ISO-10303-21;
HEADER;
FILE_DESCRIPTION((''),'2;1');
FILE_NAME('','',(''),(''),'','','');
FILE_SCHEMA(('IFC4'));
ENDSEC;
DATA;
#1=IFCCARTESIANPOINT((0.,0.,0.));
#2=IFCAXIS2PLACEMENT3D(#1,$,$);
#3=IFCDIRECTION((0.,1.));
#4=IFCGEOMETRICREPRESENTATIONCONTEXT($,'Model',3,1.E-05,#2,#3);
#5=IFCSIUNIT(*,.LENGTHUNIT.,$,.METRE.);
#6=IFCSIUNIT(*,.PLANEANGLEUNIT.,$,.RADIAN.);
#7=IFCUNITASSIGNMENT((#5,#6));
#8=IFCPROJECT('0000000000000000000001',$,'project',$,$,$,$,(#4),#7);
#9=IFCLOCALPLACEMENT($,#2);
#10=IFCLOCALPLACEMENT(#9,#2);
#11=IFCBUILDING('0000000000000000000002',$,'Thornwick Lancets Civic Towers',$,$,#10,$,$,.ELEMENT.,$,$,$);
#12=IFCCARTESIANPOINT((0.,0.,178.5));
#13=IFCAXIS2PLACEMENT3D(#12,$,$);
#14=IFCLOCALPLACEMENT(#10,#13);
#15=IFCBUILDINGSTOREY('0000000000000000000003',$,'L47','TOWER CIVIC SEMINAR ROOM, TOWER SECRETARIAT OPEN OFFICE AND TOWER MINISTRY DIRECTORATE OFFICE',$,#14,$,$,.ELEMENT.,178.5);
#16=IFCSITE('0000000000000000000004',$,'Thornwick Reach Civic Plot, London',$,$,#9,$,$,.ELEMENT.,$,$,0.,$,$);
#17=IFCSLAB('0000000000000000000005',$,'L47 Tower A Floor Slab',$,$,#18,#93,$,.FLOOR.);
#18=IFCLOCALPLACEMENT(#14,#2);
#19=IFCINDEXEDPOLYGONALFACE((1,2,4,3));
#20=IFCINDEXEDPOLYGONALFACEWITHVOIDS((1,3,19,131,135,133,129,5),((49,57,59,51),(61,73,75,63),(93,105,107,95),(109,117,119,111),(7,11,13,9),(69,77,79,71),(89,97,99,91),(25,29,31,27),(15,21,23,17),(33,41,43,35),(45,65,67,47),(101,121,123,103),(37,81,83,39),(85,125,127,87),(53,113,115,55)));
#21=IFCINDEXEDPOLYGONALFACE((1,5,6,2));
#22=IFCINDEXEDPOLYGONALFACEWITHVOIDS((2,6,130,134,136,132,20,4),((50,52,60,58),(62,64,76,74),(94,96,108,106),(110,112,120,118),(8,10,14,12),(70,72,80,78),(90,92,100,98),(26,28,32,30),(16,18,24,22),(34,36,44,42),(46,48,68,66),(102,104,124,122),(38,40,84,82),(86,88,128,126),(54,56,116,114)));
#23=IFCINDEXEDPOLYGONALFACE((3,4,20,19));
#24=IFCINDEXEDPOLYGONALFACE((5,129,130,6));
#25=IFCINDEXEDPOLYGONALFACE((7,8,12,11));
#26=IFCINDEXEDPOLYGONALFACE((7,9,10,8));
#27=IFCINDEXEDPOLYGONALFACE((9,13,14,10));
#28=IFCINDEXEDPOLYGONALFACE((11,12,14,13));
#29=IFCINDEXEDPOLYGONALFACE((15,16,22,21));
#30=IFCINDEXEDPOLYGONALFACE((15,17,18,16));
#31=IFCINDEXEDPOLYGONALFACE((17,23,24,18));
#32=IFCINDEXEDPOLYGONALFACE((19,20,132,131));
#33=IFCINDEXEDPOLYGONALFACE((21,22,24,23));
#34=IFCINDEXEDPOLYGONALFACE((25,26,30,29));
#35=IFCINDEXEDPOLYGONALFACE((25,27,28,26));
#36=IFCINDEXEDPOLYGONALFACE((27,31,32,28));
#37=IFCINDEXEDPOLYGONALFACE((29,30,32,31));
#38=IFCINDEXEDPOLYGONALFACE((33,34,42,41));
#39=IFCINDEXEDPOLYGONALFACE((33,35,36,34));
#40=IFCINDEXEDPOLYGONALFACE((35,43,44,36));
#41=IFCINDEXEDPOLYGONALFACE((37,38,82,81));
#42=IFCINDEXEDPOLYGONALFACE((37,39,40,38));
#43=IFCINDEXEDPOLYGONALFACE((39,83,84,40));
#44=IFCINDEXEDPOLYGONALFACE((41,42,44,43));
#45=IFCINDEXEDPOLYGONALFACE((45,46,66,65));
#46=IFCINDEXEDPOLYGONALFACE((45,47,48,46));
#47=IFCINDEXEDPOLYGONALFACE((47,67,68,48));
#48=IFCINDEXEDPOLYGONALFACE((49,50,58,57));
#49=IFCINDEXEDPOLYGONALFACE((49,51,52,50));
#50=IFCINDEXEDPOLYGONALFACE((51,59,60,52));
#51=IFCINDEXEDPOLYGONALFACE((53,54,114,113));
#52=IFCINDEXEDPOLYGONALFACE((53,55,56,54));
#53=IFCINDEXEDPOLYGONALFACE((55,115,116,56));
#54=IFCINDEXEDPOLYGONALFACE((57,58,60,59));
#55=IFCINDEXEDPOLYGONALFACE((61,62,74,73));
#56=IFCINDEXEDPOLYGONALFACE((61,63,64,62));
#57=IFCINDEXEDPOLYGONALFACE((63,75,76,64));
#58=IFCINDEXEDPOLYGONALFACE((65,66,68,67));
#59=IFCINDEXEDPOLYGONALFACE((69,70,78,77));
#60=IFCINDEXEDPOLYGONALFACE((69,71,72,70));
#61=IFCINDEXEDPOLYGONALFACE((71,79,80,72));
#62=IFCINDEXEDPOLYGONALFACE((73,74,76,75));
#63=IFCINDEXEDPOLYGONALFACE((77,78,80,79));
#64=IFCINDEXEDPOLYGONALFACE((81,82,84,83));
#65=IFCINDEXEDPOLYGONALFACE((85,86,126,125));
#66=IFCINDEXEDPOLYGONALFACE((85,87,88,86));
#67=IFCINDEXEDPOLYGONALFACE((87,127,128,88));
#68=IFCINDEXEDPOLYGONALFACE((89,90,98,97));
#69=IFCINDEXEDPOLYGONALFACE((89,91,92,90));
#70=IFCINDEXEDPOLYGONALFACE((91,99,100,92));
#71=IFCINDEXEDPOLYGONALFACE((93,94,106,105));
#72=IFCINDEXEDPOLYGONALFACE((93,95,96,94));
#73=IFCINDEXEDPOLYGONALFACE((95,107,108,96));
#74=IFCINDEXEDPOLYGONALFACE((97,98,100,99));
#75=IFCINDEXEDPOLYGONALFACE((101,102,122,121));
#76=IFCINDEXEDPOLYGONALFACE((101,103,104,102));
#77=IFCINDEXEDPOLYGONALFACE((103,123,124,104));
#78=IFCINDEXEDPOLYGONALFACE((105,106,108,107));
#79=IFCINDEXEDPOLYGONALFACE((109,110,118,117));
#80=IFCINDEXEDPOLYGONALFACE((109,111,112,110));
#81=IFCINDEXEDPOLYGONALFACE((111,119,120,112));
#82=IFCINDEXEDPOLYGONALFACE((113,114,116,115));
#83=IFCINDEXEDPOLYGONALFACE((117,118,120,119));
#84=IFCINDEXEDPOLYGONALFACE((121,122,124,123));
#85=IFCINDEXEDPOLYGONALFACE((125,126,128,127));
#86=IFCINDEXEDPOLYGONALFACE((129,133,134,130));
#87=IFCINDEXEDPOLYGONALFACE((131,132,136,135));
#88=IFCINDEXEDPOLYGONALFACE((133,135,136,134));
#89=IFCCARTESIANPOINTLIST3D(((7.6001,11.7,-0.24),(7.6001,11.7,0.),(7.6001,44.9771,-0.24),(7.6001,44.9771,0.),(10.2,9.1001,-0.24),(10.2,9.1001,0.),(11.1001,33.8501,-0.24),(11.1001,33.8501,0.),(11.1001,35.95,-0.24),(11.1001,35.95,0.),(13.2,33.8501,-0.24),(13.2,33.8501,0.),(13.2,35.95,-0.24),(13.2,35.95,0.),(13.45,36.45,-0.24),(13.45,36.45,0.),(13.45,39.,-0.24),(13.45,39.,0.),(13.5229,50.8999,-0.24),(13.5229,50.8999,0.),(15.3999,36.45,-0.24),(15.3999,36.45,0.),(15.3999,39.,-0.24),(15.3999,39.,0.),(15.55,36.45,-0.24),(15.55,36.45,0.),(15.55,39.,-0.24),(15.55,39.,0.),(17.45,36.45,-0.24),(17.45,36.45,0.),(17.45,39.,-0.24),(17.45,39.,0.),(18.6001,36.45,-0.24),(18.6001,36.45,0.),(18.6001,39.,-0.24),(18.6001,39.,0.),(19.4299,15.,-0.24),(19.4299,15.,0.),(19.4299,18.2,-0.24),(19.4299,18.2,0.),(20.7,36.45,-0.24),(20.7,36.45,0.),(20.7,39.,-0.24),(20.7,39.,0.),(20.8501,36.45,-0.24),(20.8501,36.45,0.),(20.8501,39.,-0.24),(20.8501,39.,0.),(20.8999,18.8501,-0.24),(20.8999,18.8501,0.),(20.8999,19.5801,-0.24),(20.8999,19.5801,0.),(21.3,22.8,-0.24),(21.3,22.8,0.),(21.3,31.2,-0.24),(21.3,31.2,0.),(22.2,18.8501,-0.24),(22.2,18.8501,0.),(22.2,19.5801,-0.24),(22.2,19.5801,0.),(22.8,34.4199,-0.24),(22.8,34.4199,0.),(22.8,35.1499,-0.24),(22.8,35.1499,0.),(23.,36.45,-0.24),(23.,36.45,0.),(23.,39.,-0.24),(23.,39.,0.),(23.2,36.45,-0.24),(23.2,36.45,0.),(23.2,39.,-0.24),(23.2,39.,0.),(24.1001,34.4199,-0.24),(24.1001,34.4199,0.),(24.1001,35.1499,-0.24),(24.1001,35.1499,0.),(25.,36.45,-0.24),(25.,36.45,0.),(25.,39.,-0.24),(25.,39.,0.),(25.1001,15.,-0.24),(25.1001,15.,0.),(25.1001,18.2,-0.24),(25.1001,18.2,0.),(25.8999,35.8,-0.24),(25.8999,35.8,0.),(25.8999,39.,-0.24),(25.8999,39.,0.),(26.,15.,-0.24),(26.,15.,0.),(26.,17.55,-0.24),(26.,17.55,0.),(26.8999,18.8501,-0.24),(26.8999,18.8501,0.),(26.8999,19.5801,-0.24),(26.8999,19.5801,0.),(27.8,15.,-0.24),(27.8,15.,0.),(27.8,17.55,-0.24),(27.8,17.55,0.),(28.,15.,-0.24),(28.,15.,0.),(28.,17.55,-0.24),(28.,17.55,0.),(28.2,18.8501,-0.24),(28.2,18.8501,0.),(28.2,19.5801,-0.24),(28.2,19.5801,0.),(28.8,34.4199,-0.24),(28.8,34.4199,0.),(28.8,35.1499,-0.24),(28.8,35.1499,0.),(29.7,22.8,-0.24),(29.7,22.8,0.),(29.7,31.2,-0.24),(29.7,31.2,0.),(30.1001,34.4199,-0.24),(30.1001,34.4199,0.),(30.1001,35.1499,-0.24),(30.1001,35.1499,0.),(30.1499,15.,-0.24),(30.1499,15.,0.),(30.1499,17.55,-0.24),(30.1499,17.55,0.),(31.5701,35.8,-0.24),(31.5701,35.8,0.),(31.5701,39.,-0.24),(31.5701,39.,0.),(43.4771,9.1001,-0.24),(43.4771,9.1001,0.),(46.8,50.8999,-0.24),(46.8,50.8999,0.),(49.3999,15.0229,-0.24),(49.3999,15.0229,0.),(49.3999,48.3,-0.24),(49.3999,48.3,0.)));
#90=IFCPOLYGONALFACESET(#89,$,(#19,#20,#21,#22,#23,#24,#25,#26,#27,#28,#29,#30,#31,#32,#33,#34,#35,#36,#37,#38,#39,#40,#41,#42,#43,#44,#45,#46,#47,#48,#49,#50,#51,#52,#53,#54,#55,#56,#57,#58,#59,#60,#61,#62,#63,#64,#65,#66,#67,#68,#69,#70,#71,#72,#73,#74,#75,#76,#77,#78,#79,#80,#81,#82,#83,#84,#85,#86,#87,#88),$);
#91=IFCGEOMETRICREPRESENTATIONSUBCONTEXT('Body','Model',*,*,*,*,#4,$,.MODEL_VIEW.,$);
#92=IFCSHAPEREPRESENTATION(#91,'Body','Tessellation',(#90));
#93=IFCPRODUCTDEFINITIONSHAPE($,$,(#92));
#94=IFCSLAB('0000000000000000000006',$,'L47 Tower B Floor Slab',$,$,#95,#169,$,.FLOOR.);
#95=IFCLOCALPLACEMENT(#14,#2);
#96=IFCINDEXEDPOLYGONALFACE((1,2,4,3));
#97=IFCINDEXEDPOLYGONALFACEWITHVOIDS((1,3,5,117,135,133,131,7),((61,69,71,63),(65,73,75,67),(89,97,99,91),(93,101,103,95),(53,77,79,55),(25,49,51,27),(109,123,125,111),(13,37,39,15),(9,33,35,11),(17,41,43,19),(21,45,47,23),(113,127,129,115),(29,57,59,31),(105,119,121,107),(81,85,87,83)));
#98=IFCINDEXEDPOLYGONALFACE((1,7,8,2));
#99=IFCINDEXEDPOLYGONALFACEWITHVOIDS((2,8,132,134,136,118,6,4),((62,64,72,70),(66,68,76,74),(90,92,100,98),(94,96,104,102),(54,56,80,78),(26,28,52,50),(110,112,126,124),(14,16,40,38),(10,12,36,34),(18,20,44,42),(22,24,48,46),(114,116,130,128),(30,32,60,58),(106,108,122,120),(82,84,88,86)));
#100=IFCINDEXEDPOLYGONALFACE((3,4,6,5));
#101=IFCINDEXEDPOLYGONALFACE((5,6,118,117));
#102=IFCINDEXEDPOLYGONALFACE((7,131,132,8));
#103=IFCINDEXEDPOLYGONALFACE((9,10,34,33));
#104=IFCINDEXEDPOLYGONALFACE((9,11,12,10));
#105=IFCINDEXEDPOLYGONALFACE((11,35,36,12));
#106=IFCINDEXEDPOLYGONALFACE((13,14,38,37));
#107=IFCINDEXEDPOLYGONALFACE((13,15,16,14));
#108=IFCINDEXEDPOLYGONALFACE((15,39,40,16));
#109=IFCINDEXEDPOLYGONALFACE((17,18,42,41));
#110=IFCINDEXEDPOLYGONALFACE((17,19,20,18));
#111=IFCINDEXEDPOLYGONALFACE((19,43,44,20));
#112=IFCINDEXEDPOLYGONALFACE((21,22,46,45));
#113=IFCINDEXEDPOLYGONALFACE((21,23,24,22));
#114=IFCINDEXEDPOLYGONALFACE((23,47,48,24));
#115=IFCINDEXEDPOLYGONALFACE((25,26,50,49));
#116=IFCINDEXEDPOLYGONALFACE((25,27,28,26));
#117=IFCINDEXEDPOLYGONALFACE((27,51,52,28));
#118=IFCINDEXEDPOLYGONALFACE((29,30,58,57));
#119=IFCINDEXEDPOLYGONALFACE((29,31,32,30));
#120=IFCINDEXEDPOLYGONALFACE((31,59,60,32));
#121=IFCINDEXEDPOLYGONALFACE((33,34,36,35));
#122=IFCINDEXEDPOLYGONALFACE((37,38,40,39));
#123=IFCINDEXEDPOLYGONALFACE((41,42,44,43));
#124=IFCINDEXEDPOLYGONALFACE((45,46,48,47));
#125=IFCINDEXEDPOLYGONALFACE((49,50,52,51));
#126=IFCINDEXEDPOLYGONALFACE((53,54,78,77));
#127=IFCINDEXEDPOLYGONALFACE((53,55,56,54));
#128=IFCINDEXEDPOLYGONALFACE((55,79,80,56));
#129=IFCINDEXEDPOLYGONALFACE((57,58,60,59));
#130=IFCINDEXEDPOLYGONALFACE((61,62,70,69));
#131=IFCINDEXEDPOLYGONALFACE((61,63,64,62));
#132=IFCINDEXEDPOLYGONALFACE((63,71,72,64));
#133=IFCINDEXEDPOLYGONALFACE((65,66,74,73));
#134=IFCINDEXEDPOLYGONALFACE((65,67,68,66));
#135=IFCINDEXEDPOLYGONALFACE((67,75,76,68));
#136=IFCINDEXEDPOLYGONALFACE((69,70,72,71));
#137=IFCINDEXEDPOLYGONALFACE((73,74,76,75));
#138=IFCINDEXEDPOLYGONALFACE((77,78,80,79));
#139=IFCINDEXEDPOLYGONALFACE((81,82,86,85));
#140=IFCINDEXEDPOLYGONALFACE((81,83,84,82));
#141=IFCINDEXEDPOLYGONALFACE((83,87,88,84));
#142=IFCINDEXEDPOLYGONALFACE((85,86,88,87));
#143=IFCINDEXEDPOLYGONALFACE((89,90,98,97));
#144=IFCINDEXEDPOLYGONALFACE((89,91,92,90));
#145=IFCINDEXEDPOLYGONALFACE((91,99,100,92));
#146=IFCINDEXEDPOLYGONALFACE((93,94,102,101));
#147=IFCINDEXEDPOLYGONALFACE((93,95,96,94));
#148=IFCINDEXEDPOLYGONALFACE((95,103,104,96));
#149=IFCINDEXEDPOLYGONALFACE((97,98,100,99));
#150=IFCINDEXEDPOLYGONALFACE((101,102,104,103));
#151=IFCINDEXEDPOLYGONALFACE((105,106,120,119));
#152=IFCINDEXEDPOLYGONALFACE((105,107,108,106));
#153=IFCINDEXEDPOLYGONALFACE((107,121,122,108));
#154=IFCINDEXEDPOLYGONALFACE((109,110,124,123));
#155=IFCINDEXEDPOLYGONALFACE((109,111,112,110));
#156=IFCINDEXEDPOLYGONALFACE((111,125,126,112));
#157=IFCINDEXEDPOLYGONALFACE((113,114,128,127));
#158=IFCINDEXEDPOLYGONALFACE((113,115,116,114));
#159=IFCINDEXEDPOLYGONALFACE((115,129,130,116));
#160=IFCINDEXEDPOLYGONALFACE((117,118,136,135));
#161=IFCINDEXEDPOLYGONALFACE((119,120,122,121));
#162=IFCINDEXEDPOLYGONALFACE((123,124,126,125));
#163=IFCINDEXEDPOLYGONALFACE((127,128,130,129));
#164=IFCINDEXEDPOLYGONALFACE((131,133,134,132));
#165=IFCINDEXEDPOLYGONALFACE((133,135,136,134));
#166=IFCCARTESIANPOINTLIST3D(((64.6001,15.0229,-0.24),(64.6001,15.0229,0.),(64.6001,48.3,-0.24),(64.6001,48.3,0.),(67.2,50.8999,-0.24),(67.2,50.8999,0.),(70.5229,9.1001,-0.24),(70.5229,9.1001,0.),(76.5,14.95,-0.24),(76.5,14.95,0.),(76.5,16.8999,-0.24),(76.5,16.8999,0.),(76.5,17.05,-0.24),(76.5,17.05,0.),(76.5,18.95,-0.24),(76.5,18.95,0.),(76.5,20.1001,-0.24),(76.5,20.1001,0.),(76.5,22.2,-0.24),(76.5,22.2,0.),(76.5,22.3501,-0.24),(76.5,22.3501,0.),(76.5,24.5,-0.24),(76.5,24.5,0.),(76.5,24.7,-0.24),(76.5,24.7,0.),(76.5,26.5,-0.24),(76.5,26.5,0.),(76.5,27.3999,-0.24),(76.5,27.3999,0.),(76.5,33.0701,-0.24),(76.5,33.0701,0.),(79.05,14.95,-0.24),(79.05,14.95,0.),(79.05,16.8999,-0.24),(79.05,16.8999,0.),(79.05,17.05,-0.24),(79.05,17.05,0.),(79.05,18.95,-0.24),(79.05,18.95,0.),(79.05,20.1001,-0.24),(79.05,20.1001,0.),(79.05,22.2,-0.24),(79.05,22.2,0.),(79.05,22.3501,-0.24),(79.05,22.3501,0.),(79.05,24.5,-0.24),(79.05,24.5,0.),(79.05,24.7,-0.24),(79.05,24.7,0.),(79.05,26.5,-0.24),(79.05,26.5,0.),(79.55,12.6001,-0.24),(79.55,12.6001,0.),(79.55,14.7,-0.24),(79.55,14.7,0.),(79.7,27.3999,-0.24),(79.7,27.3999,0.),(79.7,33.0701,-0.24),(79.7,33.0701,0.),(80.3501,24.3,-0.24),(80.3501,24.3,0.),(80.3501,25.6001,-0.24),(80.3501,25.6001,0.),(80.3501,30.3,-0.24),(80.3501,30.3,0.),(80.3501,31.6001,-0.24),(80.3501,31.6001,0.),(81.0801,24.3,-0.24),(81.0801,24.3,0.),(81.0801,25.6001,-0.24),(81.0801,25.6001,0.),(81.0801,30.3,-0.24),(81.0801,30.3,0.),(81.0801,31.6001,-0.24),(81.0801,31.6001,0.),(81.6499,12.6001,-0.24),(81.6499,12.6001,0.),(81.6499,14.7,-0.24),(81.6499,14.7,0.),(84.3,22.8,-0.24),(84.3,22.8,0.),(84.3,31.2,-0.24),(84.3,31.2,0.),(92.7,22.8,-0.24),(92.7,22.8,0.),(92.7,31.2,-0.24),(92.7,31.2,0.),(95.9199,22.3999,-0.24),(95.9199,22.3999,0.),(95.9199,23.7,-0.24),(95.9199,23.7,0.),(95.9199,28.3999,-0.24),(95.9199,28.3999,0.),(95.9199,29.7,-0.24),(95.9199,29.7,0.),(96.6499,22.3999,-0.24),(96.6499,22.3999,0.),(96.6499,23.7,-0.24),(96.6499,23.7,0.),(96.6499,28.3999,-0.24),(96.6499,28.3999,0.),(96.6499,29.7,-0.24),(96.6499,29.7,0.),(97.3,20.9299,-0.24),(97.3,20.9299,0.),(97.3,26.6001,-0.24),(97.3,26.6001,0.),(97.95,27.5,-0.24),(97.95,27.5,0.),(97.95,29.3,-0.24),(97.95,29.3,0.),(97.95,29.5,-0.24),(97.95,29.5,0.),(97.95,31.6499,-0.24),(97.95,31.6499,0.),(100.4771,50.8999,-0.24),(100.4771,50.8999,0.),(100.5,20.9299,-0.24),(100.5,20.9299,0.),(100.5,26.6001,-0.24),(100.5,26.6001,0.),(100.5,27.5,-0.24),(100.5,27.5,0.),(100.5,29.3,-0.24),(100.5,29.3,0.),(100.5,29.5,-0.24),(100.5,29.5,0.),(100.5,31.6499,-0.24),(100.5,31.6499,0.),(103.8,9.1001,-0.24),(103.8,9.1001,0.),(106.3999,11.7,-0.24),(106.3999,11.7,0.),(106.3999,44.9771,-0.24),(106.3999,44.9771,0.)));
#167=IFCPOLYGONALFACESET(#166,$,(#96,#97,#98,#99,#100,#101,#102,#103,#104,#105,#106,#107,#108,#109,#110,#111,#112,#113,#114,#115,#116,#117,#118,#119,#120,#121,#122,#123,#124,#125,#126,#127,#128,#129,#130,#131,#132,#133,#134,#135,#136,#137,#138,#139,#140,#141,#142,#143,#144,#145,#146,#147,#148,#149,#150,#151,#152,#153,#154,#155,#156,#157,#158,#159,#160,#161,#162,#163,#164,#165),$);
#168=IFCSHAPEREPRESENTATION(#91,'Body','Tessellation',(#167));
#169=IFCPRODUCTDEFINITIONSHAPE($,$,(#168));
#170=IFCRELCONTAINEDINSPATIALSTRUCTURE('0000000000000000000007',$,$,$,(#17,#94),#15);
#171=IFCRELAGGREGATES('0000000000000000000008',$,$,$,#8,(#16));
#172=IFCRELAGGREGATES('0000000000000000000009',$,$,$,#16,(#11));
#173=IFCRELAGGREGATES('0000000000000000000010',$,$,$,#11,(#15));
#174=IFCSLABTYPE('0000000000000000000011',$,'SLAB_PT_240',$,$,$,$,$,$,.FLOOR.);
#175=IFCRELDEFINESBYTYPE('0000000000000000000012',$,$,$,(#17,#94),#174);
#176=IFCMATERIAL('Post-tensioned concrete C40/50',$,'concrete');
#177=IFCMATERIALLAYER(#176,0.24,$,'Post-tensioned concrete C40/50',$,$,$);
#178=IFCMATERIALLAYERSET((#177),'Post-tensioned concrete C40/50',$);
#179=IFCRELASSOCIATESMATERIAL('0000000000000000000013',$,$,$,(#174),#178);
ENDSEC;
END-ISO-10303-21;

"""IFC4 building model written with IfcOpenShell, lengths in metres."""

from ifc_helpers import new_model, si_unit, direction, frame, origin, place, context, subcontext, project, spatial, polyline, outline, extrude, material, layer, layer_set, type_object, element, save


model = new_model("IFC4")

# Units and contexts
model_context = context("Model", 3, precision=1e-05, world=origin(), true_north=direction((0.0, 1.0)))
body_context = subcontext(model_context, "Body", "Model", "MODEL_VIEW")
ifc_project = project(units=[si_unit("LENGTHUNIT", "METRE"), si_unit("PLANEANGLEUNIT", "RADIAN")], contexts=[model_context])

# Site, building, storey
site_placement = place(None, origin())
site = spatial("IfcSite", under=ifc_project, at=site_placement, Name="Thornwick Reach Civic Plot, London", CompositionType="ELEMENT", RefElevation=0.0)
building_placement = place(site_placement, origin())
building = spatial("IfcBuilding", under=site, at=building_placement, Name="Thornwick Lancets Civic Towers", CompositionType="ELEMENT")
storey_placement = place(building_placement, frame((0.0, 0.0, 178.5)))
storey = spatial("IfcBuildingStorey", under=building, at=storey_placement, Name="L47", Description="TOWER CIVIC SEMINAR ROOM, TOWER SECRETARIAT OPEN OFFICE AND TOWER MINISTRY DIRECTORATE OFFICE", CompositionType="ELEMENT", Elevation=178.5)

# Shared definitions
ifc_material_1 = material(Name="Post-tensioned concrete C40/50", Category="concrete")

# Slabs
ifc_layer_1 = layer(ifc_material_1, 0.24, Name="Post-tensioned concrete C40/50")
ifc_layer_set_1 = layer_set([ifc_layer_1], Name="Post-tensioned concrete C40/50")
slab_type_1 = type_object("IfcSlabType", Name="SLAB_PT_240", PredefinedType="FLOOR", material=ifc_layer_set_1)
slab_1_placement = place(storey_placement, frame((0.0, 0.0, -0.24)))
element("IfcSlab", 1, at=slab_1_placement, inside=storey, type_object=slab_type_1, Name="L47 Tower A Floor Slab", PredefinedType="FLOOR", context=body_context, shape_type="SweptSolid", body=[
    extrude(outline(polyline([(10.2, 9.1001), (43.4771, 9.1001), (49.3999, 15.0229), (49.3999, 48.3), (46.8, 50.8999), (13.5229, 50.8999), (7.6001, 44.9771), (7.6001, 11.7), (10.2, 9.1001)]), holes=[polyline([(21.3, 22.8), (29.7, 22.8), (29.7, 31.2), (21.3, 31.2), (21.3, 22.8)]), polyline([(19.4299, 15.0), (25.1001, 15.0), (25.1001, 18.2), (19.4299, 18.2), (19.4299, 15.0)]), polyline([(31.5701, 39.0), (25.8999, 39.0), (25.8999, 35.8), (31.5701, 35.8), (31.5701, 39.0)]), polyline([(26.0, 15.0), (27.8, 15.0), (27.8, 17.55), (26.0, 17.55), (26.0, 15.0)]), polyline([(28.0, 15.0), (30.1499, 15.0), (30.1499, 17.55), (28.0, 17.55), (28.0, 15.0)]), polyline([(23.2, 36.45), (25.0, 36.45), (25.0, 39.0), (23.2, 39.0), (23.2, 36.45)]), polyline([(20.8501, 36.45), (23.0, 36.45), (23.0, 39.0), (20.8501, 39.0), (20.8501, 36.45)]), polyline([(18.6001, 36.45), (20.7, 36.45), (20.7, 39.0), (18.6001, 39.0), (18.6001, 36.45)]), polyline([(15.55, 36.45), (17.45, 36.45), (17.45, 39.0), (15.55, 39.0), (15.55, 36.45)]), polyline([(13.45, 36.45), (15.3999, 36.45), (15.3999, 39.0), (13.45, 39.0), (13.45, 36.45)]), polyline([(11.1001, 33.8501), (13.2, 33.8501), (13.2, 35.95), (11.1001, 35.95), (11.1001, 33.8501)]), polyline([(26.8999, 18.8501), (28.2, 18.8501), (28.2, 19.5801), (26.8999, 19.5801), (26.8999, 18.8501)]), polyline([(20.8999, 18.8501), (22.2, 18.8501), (22.2, 19.5801), (20.8999, 19.5801), (20.8999, 18.8501)]), polyline([(22.8, 34.4199), (24.1001, 34.4199), (24.1001, 35.1499), (22.8, 35.1499), (22.8, 34.4199)]), polyline([(28.8, 34.4199), (30.1001, 34.4199), (30.1001, 35.1499), (28.8, 35.1499), (28.8, 34.4199)])]), origin(), (0.0, 0.0, 1.0), 0.24),
])
slab_2_placement = place(storey_placement, frame((0.0, 0.0, -0.24)))
element("IfcSlab", 2, at=slab_2_placement, inside=storey, type_object=slab_type_1, Name="L47 Tower B Floor Slab", PredefinedType="FLOOR", context=body_context, shape_type="SweptSolid", body=[
    extrude(outline(polyline([(70.5229, 9.1001), (103.8, 9.1001), (106.3999, 11.7), (106.3999, 44.9771), (100.4771, 50.8999), (67.2, 50.8999), (64.6001, 48.3), (64.6001, 15.0229), (70.5229, 9.1001)]), holes=[polyline([(84.3, 22.8), (92.7, 22.8), (92.7, 31.2), (84.3, 31.2), (84.3, 22.8)]), polyline([(100.5, 20.9299), (100.5, 26.6001), (97.3, 26.6001), (97.3, 20.9299), (100.5, 20.9299)]), polyline([(76.5, 33.0701), (76.5, 27.3999), (79.7, 27.3999), (79.7, 33.0701), (76.5, 33.0701)]), polyline([(97.95, 27.5), (100.5, 27.5), (100.5, 29.3), (97.95, 29.3), (97.95, 27.5)]), polyline([(97.95, 29.5), (100.5, 29.5), (100.5, 31.6499), (97.95, 31.6499), (97.95, 29.5)]), polyline([(76.5, 24.7), (79.05, 24.7), (79.05, 26.5), (76.5, 26.5), (76.5, 24.7)]), polyline([(76.5, 22.3501), (79.05, 22.3501), (79.05, 24.5), (76.5, 24.5), (76.5, 22.3501)]), polyline([(76.5, 20.1001), (79.05, 20.1001), (79.05, 22.2), (76.5, 22.2), (76.5, 20.1001)]), polyline([(76.5, 17.05), (79.05, 17.05), (79.05, 18.95), (76.5, 18.95), (76.5, 17.05)]), polyline([(76.5, 14.95), (79.05, 14.95), (79.05, 16.8999), (76.5, 16.8999), (76.5, 14.95)]), polyline([(79.55, 12.6001), (81.6499, 12.6001), (81.6499, 14.7), (79.55, 14.7), (79.55, 12.6001)]), polyline([(95.9199, 28.3999), (96.6499, 28.3999), (96.6499, 29.7), (95.9199, 29.7), (95.9199, 28.3999)]), polyline([(95.9199, 22.3999), (96.6499, 22.3999), (96.6499, 23.7), (95.9199, 23.7), (95.9199, 22.3999)]), polyline([(80.3501, 24.3), (81.0801, 24.3), (81.0801, 25.6001), (80.3501, 25.6001), (80.3501, 24.3)]), polyline([(80.3501, 30.3), (81.0801, 30.3), (81.0801, 31.6001), (80.3501, 31.6001), (80.3501, 30.3)])]), origin(), (0.0, 0.0, 1.0), 0.24),
])

save(model, "model.ifc")
